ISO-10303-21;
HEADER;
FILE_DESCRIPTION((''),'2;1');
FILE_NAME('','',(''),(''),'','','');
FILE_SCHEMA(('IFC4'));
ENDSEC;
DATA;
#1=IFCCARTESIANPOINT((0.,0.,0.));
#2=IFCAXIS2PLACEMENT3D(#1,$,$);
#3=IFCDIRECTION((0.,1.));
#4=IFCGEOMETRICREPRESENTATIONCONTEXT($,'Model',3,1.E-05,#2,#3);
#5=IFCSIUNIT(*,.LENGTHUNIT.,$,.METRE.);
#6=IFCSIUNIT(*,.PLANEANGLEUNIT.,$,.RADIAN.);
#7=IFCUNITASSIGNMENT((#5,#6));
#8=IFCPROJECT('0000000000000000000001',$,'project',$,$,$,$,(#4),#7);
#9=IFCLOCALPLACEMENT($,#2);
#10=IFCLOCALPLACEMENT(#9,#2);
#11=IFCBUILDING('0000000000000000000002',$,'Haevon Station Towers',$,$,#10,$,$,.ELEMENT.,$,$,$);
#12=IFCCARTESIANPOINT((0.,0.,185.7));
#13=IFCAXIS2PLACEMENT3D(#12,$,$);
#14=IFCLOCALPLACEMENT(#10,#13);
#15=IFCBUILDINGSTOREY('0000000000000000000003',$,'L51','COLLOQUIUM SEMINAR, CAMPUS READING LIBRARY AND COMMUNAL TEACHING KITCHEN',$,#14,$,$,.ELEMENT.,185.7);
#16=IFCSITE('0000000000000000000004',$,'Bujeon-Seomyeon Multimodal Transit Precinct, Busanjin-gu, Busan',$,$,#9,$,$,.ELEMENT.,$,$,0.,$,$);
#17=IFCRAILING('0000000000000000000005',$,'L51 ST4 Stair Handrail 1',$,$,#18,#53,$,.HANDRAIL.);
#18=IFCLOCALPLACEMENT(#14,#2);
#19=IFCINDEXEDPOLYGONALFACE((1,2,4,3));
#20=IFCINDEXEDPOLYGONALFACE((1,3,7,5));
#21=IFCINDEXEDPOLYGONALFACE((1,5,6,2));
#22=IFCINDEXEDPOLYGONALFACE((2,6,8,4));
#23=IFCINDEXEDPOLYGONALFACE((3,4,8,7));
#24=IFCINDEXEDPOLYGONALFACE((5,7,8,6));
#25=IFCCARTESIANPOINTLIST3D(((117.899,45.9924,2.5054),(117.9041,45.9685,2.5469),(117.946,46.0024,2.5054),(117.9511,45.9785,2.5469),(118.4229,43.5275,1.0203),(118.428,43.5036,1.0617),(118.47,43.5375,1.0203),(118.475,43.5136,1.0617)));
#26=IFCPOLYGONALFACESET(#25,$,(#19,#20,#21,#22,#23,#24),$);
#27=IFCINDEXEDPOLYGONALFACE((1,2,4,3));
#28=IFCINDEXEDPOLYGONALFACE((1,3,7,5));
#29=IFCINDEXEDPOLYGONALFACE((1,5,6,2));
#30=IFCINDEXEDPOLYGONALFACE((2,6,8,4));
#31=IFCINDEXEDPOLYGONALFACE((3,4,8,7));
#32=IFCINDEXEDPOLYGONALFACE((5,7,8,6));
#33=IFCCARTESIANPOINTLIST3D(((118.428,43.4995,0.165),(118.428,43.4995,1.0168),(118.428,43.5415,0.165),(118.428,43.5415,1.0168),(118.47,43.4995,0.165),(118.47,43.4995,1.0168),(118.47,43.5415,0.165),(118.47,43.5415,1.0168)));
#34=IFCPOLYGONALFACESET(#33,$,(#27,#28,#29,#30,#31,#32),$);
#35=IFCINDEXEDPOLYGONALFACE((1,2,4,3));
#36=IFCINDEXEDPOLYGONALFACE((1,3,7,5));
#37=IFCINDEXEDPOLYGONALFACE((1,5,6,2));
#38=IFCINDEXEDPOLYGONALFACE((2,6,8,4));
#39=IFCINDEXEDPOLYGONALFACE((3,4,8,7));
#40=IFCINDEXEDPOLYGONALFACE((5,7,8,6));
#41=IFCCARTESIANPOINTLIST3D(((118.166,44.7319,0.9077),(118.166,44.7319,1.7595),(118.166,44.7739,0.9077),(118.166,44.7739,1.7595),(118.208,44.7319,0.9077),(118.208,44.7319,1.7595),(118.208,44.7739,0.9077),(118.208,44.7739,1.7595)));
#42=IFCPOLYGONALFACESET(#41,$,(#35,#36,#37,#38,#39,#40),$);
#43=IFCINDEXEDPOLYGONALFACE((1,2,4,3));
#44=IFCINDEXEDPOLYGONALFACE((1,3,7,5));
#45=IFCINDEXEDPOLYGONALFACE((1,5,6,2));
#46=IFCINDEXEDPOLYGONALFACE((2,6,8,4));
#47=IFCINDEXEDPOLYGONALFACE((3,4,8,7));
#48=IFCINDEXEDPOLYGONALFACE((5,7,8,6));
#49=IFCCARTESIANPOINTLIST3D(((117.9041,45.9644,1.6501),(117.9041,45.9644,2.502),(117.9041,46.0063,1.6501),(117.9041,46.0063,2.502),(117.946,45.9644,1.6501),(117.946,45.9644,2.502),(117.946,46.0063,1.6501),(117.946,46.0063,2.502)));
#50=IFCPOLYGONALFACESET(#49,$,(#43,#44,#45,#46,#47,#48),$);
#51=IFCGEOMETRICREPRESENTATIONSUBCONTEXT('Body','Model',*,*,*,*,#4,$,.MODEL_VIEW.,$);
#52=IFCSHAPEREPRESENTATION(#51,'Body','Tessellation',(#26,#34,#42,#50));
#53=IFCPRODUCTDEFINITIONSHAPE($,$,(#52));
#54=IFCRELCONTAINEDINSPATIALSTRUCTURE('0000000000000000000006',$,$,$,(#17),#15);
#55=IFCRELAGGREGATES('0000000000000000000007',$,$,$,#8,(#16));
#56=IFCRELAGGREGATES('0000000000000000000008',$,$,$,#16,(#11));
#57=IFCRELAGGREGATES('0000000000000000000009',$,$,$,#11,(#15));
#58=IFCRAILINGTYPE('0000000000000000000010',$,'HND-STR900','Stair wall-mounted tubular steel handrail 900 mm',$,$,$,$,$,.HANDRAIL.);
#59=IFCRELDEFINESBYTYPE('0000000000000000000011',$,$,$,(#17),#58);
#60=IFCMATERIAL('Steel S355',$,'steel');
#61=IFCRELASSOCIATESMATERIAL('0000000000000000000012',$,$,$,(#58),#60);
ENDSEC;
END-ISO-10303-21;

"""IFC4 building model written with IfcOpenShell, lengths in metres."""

from ifc_helpers import new_model, si_unit, direction, frame, origin, origin_2d, place, context, subcontext, project, spatial, rectangle, extrude, material, type_object, element, save


model = new_model("IFC4")

# Units and contexts
model_context = context("Model", 3, precision=1e-05, world=origin(), true_north=direction((0.0, 1.0)))
body_context = subcontext(model_context, "Body", "Model", "MODEL_VIEW")
ifc_project = project(units=[si_unit("LENGTHUNIT", "METRE"), si_unit("PLANEANGLEUNIT", "RADIAN")], contexts=[model_context])

# Site, building, storey
site_placement = place(None, origin())
site = spatial("IfcSite", under=ifc_project, at=site_placement, Name="Bujeon-Seomyeon Multimodal Transit Precinct, Busanjin-gu, Busan", CompositionType="ELEMENT", RefElevation=0.0)
building_placement = place(site_placement, origin())
building = spatial("IfcBuilding", under=site, at=building_placement, Name="Haevon Station Towers", CompositionType="ELEMENT")
storey_placement = place(building_placement, frame((0.0, 0.0, 185.7)))
storey = spatial("IfcBuildingStorey", under=building, at=storey_placement, Name="L51", Description="COLLOQUIUM SEMINAR, CAMPUS READING LIBRARY AND COMMUNAL TEACHING KITCHEN", CompositionType="ELEMENT", Elevation=185.7)

# Shared definitions
ifc_material_1 = material(Name="Steel S355", Category="steel")

# Railing
railing_type_1 = type_object("IfcRailingType", Name="HND-STR900", Description="Stair wall-mounted tubular steel handrail 900 mm", PredefinedType="HANDRAIL", material=ifc_material_1)
railing_1_placement = place(storey_placement, frame((118.449, 43.5205, 0.165)))
element("IfcRailing", 1, at=railing_1_placement, inside=storey, type_object=railing_type_1, Name="L51 ST4 Stair Handrail 1", PredefinedType="HANDRAIL", context=body_context, shape_type="SweptSolid", body=[
    extrude(rectangle(XDim=0.0481, YDim=0.0481, at=origin_2d()), frame((0.0, 0.0, 0.876), z_axis=(-0.179121, 0.842688, 0.507733), x_axis=(-0.978147, -0.207914, 0.0)), (0.0, 0.0, 1.0), 2.925),
    extrude(rectangle(XDim=0.042, YDim=0.042, at=origin_2d()), origin(), (0.0, 0.0, 1.0), 0.8518),
    extrude(rectangle(XDim=0.042, YDim=0.042, at=origin_2d()), frame((-0.262, 1.2324, 0.7427)), (0.0, 0.0, 1.0), 0.8518),
    extrude(rectangle(XDim=0.042, YDim=0.042, at=origin_2d()), frame((-0.5239, 2.4648, 1.4851)), (0.0, 0.0, 1.0), 0.8518),
])

save(model, "model.ifc")
